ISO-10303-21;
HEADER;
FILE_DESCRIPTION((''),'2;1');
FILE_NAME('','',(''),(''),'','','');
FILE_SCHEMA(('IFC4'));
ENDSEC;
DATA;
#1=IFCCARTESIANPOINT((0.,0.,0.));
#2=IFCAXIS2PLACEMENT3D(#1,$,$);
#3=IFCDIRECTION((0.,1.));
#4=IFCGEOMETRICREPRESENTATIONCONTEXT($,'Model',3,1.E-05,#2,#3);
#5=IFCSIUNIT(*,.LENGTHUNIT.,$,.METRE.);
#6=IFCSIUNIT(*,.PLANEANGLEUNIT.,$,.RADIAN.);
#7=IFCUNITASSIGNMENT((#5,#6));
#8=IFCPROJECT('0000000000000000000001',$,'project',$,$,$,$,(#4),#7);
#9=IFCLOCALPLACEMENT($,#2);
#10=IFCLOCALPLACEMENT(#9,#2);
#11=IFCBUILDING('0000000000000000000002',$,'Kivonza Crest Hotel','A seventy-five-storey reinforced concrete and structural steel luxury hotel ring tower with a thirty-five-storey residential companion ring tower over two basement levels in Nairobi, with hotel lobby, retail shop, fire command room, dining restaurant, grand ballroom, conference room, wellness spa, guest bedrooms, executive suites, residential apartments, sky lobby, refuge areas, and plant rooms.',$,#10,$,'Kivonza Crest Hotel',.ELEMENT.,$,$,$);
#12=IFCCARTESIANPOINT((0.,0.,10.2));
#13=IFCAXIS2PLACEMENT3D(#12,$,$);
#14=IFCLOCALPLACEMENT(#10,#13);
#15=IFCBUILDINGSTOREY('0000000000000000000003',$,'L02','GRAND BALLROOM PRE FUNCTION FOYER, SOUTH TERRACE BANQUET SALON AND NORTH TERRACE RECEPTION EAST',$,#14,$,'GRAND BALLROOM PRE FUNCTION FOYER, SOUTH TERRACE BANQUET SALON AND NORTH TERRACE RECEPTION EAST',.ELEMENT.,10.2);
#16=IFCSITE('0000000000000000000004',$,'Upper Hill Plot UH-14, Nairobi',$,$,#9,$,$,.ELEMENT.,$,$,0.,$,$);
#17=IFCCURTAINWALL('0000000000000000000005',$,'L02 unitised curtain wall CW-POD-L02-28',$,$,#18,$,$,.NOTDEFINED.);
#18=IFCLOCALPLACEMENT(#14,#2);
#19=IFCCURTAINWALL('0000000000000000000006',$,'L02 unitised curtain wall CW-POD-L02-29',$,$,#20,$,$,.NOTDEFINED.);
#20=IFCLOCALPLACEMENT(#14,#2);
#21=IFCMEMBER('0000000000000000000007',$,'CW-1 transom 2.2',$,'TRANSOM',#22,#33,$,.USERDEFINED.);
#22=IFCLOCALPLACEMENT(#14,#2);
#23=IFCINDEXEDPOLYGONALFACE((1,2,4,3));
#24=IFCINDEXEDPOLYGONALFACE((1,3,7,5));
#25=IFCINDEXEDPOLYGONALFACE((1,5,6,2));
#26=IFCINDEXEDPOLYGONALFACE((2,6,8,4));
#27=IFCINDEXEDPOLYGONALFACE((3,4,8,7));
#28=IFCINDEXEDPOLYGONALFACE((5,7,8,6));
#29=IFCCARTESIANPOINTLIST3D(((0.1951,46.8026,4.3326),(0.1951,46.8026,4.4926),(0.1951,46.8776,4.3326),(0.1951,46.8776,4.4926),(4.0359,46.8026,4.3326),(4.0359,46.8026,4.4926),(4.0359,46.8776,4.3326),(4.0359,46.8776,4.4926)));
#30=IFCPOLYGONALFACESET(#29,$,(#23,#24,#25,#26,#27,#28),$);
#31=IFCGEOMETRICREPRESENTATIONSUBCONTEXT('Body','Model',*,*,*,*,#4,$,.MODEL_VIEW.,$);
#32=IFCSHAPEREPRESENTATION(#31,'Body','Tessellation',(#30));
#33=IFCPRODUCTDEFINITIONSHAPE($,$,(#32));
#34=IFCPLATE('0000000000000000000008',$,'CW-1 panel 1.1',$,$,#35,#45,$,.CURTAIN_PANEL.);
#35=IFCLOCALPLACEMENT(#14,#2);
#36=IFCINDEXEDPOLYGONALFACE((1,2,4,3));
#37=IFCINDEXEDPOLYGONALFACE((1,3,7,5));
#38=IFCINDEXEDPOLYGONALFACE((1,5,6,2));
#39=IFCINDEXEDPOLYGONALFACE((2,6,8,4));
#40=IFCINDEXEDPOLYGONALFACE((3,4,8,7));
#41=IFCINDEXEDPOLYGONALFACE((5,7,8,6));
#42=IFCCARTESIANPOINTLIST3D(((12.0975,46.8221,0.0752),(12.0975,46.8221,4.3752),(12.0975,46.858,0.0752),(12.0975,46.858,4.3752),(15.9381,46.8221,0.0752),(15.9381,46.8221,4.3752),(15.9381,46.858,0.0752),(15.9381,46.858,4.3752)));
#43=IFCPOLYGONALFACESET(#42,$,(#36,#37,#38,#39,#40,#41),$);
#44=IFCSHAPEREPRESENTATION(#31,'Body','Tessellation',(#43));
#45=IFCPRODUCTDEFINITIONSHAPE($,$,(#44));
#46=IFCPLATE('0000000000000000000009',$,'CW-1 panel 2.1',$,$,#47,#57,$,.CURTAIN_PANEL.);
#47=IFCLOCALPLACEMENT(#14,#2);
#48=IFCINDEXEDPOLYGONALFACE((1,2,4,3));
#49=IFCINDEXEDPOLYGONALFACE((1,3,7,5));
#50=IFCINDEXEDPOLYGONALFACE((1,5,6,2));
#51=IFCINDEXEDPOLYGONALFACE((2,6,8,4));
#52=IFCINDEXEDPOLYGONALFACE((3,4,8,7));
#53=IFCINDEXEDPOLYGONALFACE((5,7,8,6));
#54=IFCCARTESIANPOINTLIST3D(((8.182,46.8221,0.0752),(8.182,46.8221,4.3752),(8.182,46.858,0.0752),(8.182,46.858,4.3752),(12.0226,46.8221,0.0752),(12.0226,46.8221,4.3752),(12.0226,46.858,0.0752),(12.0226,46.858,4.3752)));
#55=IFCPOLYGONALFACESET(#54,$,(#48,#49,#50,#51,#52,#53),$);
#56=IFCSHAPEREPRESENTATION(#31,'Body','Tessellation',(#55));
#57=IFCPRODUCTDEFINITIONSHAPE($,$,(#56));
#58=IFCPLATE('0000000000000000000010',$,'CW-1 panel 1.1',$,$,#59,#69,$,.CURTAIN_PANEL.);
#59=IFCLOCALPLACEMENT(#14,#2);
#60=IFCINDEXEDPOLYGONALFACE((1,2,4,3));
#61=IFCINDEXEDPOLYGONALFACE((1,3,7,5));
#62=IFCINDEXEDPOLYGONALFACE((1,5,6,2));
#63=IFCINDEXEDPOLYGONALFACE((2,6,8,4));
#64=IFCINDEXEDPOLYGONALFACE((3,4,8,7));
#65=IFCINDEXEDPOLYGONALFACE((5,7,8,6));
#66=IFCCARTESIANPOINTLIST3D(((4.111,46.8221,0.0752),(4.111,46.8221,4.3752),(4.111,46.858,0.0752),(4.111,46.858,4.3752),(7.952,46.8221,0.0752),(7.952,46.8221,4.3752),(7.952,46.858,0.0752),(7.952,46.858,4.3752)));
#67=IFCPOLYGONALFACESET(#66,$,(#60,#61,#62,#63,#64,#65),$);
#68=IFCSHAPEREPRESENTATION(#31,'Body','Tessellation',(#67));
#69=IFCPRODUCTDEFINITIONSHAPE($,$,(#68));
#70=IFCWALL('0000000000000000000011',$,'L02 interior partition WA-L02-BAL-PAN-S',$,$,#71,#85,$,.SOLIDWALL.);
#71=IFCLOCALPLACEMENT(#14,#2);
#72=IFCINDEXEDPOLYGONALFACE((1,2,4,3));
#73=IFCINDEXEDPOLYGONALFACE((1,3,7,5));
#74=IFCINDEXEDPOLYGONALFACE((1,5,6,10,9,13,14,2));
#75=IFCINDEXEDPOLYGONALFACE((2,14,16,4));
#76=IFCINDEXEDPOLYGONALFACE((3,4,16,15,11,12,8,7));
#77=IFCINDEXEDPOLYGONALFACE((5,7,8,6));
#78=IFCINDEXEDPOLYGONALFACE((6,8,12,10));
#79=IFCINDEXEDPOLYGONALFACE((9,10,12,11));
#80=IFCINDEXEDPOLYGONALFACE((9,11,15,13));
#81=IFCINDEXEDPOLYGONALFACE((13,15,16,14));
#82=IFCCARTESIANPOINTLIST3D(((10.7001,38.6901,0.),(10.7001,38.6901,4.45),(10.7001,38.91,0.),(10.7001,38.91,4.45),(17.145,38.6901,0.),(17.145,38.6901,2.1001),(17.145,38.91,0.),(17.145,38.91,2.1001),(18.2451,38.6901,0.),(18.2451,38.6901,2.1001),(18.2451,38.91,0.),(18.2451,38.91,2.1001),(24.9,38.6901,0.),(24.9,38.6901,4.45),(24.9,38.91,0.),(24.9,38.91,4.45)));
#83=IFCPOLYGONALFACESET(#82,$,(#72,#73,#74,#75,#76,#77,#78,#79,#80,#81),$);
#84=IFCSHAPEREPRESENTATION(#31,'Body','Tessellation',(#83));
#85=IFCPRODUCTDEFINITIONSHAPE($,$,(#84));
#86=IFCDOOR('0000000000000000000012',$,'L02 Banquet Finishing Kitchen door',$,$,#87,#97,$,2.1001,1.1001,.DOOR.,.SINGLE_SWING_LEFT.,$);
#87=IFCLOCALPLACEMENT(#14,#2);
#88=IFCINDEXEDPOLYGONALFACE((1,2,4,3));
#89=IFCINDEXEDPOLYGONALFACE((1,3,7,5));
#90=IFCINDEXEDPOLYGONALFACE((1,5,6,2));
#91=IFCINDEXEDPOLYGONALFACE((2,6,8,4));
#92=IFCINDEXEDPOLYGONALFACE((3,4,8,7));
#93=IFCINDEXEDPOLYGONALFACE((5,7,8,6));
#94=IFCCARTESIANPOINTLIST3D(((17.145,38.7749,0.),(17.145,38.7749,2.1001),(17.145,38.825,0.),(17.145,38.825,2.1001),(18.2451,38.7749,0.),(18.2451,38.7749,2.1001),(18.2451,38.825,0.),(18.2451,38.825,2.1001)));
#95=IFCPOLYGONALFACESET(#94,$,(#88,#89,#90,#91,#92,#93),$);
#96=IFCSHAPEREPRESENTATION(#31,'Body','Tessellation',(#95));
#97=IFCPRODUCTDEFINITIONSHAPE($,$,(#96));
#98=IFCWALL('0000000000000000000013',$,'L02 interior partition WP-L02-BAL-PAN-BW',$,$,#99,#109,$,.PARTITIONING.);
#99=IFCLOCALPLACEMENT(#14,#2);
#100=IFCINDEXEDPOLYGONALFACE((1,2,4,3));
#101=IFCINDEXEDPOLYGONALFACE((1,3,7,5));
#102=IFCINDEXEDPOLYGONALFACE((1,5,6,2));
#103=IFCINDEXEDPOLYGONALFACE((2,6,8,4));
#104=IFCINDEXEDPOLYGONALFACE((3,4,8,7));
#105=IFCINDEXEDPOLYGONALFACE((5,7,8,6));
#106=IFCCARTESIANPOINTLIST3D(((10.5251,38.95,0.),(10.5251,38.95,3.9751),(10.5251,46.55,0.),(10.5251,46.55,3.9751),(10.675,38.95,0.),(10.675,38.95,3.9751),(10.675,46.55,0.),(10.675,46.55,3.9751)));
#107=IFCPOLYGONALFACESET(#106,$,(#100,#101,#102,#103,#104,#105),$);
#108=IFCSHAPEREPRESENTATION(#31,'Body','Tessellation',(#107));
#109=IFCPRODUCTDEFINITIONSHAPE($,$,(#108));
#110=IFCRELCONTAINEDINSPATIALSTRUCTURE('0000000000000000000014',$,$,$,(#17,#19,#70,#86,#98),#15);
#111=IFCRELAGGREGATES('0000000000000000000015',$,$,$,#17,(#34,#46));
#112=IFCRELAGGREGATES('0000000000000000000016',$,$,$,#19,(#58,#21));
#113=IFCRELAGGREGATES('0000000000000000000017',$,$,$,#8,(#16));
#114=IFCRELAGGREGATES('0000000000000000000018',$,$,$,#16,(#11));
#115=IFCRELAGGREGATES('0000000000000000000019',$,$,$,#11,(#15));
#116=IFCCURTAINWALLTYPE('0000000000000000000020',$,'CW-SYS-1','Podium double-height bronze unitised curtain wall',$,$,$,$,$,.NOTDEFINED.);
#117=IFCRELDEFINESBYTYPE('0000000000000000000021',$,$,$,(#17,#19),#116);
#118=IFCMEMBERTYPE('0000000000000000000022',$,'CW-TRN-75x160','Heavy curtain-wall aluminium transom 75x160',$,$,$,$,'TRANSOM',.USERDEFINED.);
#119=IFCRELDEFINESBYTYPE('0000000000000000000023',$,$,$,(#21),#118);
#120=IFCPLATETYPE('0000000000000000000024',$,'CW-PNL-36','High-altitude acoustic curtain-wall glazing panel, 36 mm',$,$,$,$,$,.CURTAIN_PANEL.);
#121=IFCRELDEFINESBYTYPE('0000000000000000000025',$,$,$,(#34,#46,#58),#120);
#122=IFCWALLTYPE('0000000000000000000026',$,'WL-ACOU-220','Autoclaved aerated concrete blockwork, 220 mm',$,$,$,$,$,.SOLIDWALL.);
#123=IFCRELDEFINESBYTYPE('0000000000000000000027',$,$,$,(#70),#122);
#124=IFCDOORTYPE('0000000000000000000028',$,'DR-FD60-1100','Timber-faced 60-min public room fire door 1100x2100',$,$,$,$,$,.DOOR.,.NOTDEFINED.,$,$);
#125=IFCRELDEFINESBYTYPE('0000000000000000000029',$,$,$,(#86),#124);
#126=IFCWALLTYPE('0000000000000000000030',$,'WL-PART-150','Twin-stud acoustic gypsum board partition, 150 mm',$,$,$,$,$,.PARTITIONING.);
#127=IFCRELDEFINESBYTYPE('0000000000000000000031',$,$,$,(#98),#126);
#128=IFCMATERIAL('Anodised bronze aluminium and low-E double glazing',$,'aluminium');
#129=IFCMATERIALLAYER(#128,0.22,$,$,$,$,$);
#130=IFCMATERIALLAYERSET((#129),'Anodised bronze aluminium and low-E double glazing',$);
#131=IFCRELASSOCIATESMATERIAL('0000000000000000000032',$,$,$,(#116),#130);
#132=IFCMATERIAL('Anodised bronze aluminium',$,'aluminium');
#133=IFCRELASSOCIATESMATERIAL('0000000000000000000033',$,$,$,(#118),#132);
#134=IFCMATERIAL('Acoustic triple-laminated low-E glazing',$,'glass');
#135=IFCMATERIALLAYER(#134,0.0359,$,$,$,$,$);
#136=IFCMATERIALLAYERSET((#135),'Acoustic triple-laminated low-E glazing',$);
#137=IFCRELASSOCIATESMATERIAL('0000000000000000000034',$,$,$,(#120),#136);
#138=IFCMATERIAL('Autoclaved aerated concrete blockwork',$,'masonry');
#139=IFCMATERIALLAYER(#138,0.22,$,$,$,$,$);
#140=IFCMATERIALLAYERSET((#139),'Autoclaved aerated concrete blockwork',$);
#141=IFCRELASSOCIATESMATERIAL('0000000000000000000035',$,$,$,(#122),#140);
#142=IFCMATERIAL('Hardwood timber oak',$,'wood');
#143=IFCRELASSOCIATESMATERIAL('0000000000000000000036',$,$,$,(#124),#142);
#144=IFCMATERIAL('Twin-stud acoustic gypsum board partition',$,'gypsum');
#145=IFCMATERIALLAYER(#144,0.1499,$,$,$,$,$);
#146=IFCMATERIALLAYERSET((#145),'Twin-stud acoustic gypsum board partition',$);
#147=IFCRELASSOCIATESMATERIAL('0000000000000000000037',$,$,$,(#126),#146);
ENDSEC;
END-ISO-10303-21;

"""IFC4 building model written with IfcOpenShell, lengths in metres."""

from ifc_helpers import new_model, si_unit, direction, frame, frame_2d, origin, origin_2d, place, context, subcontext, project, spatial, rectangle, extrude, material, layer, layer_set, material_profile, profile_set, type_object, element, fill, aggregate, save


model = new_model("IFC4")

# Units and contexts
model_context = context("Model", 3, precision=1e-05, world=origin(), true_north=direction((0.0, 1.0)))
body_context = subcontext(model_context, "Body", "Model", "MODEL_VIEW")
ifc_project = project(units=[si_unit("LENGTHUNIT", "METRE"), si_unit("PLANEANGLEUNIT", "RADIAN")], contexts=[model_context])

# Site, building, storey
site_placement = place(None, origin())
site = spatial("IfcSite", under=ifc_project, at=site_placement, Name="Upper Hill Plot UH-14, Nairobi", CompositionType="ELEMENT", RefElevation=0.0)
building_placement = place(site_placement, origin())
building = spatial("IfcBuilding", under=site, at=building_placement, Name="Kivonza Crest Hotel", Description="A seventy-five-storey reinforced concrete and structural steel luxury hotel ring tower with a thirty-five-storey residential companion ring tower over two basement levels in Nairobi, with hotel lobby, retail shop, fire command room, dining restaurant, grand ballroom, conference room, wellness spa, guest bedrooms, executive suites, residential apartments, sky lobby, refuge areas, and plant rooms.", LongName="Kivonza Crest Hotel", CompositionType="ELEMENT")
storey_placement = place(building_placement, frame((0.0, 0.0, 10.2)))
storey = spatial("IfcBuildingStorey", under=building, at=storey_placement, Name="L02", Description="GRAND BALLROOM PRE FUNCTION FOYER, SOUTH TERRACE BANQUET SALON AND NORTH TERRACE RECEPTION EAST", LongName="GRAND BALLROOM PRE FUNCTION FOYER, SOUTH TERRACE BANQUET SALON AND NORTH TERRACE RECEPTION EAST", CompositionType="ELEMENT", Elevation=10.2)

# Curtain walls
ifc_material_1 = material(Name="Anodised bronze aluminium and low-E double glazing", Category="aluminium")
ifc_layer_1 = layer(ifc_material_1, 0.22)
ifc_layer_set_1 = layer_set([ifc_layer_1], Name="Anodised bronze aluminium and low-E double glazing")
curtain_wall_type = type_object("IfcCurtainWallType", Name="CW-SYS-1", Description="Podium double-height bronze unitised curtain wall", PredefinedType="NOTDEFINED", material=ifc_layer_set_1)
curtain_wall_1_placement = place(storey_placement, origin())
curtain_wall_1 = element("IfcCurtainWall", 1, at=curtain_wall_1_placement, inside=storey, type_object=curtain_wall_type, Name="L02 unitised curtain wall CW-POD-L02-28", PredefinedType="NOTDEFINED")
ifc_material_2 = material(Name="Anodised bronze aluminium", Category="aluminium")
curtain_wall_2_placement = place(storey_placement, origin())
curtain_wall_2 = element("IfcCurtainWall", 2, at=curtain_wall_2_placement, inside=storey, type_object=curtain_wall_type, Name="L02 unitised curtain wall CW-POD-L02-29", PredefinedType="NOTDEFINED")

# Member
ifc_material_profile_1 = material_profile(ifc_material_2, rectangle(XDim=0.075, YDim=0.1599, at=origin_2d()), Name="CW-T 75x160")
ifc_profile_set_1 = profile_set([ifc_material_profile_1], Name="Anodised bronze aluminium")
member_type_1 = type_object("IfcMemberType", Name="CW-TRN-75x160", Description="Heavy curtain-wall aluminium transom 75x160", ElementType="TRANSOM", PredefinedType="USERDEFINED", material=ifc_profile_set_1)
member_1_placement = place(storey_placement, frame((4.0359, 46.8401, 4.4126), z_axis=(-1.0, 0.0, 0.0), x_axis=(0.0, -1.0, 0.0)))
member_1 = element("IfcMember", 3, at=member_1_placement, type_object=member_type_1, Name="CW-1 transom 2.2", ObjectType="TRANSOM", PredefinedType="USERDEFINED", context=body_context, shape_type="SweptSolid", body=[
    extrude(rectangle(XDim=0.075, YDim=0.1599, at=origin_2d()), origin(), (0.0, 0.0, 1.0), 3.8408),
])

# Plates
ifc_material_3 = material(Name="Acoustic triple-laminated low-E glazing", Category="glass")
ifc_layer_2 = layer(ifc_material_3, 0.0359)
ifc_layer_set_2 = layer_set([ifc_layer_2], Name="Acoustic triple-laminated low-E glazing")
plate_type = type_object("IfcPlateType", Name="CW-PNL-36", Description="High-altitude acoustic curtain-wall glazing panel, 36 mm", PredefinedType="CURTAIN_PANEL", material=ifc_layer_set_2)
plate_1_placement = place(storey_placement, frame((14.0178, 46.8401, 0.0752), z_axis=(0.0, 0.0, 1.0), x_axis=(-1.0, 0.0, 0.0)))
plate_1 = element("IfcPlate", 4, at=plate_1_placement, type_object=plate_type, Name="CW-1 panel 1.1", PredefinedType="CURTAIN_PANEL", context=body_context, shape_type="SweptSolid", body=[
    extrude(rectangle(XDim=3.8406, YDim=0.0359, at=origin_2d()), origin(), (0.0, 0.0, 1.0), 4.3),
])
plate_2_placement = place(storey_placement, frame((10.1023, 46.8401, 0.0752), z_axis=(0.0, 0.0, 1.0), x_axis=(-1.0, 0.0, 0.0)))
plate_2 = element("IfcPlate", 5, at=plate_2_placement, type_object=plate_type, Name="CW-1 panel 2.1", PredefinedType="CURTAIN_PANEL", context=body_context, shape_type="SweptSolid", body=[
    extrude(rectangle(XDim=3.8406, YDim=0.0359, at=origin_2d()), origin(), (0.0, 0.0, 1.0), 4.3),
])
aggregate(curtain_wall_1, [plate_1, plate_2])
plate_3_placement = place(storey_placement, frame((6.0315, 46.8401, 0.0752), z_axis=(0.0, 0.0, 1.0), x_axis=(-1.0, 0.0, 0.0)))
plate_3 = element("IfcPlate", 6, at=plate_3_placement, type_object=plate_type, Name="CW-1 panel 1.1", PredefinedType="CURTAIN_PANEL", context=body_context, shape_type="SweptSolid", body=[
    extrude(rectangle(XDim=3.8411, YDim=0.0359, at=origin_2d()), origin(), (0.0, 0.0, 1.0), 4.3),
])
aggregate(curtain_wall_2, [plate_3, member_1])

# Wall, opening, door
ifc_material_4 = material(Name="Autoclaved aerated concrete blockwork", Category="masonry")
ifc_layer_3 = layer(ifc_material_4, 0.22)
ifc_layer_set_3 = layer_set([ifc_layer_3], Name="Autoclaved aerated concrete blockwork")
wall_type_1 = type_object("IfcWallType", Name="WL-ACOU-220", Description="Autoclaved aerated concrete blockwork, 220 mm", PredefinedType="SOLIDWALL", material=ifc_layer_set_3)
wall_1_placement = place(storey_placement, frame((10.7, 38.8, 0.0), z_axis=(0.0, 0.0, 1.0), x_axis=(1.0, 0.0, 0.0)))
wall_1 = element("IfcWall", 7, at=wall_1_placement, inside=storey, type_object=wall_type_1, Name="L02 interior partition WA-L02-BAL-PAN-S", PredefinedType="SOLIDWALL", context=body_context, shape_type="SweptSolid", body=[
    extrude(rectangle(XDim=14.2, YDim=0.22, at=frame_2d((7.1001, 0.0))), origin(), (0.0, 0.0, 1.0), 4.45),
])
opening_1_placement = place(wall_1_placement, frame((6.4451, 0.0, 0.0)))
opening_1 = element("IfcOpeningElement", 8, at=opening_1_placement, cuts=wall_1, PredefinedType="OPENING", context=body_context, shape_type="SweptSolid", body=[
    extrude(rectangle(XDim=1.1001, YDim=2.1001, at=frame_2d((0.55, 1.05))), frame((0.0, 0.1201, 0.0), z_axis=(0.0, -1.0, 0.0), x_axis=(1.0, 0.0, 0.0)), (0.0, 0.0, 1.0), 0.24),
])
ifc_material_5 = material(Name="Hardwood timber oak", Category="wood")
door_type_1 = type_object("IfcDoorType", Name="DR-FD60-1100", Description="Timber-faced 60-min public room fire door 1100x2100", OperationType="NOTDEFINED", PredefinedType="DOOR", material=ifc_material_5)
door_1_placement = place(opening_1_placement, origin())
door_1 = element("IfcDoor", 9, at=door_1_placement, inside=storey, type_object=door_type_1, Name="L02 Banquet Finishing Kitchen door", OperationType="SINGLE_SWING_LEFT", OverallHeight=2.1001, OverallWidth=1.1001, PredefinedType="DOOR", context=body_context, shape_type="SweptSolid", body=[
    extrude(rectangle(XDim=1.1001, YDim=2.1001, at=frame_2d((0.55, 1.05))), frame((0.0, 0.0249, 0.0), z_axis=(0.0, -1.0, 0.0), x_axis=(1.0, 0.0, 0.0)), (0.0, 0.0, 1.0), 0.05),
])
fill(opening_1, door_1)

# Wall
ifc_material_6 = material(Name="Twin-stud acoustic gypsum board partition", Category="gypsum")
ifc_layer_4 = layer(ifc_material_6, 0.1499)
ifc_layer_set_4 = layer_set([ifc_layer_4], Name="Twin-stud acoustic gypsum board partition")
wall_type_2 = type_object("IfcWallType", Name="WL-PART-150", Description="Twin-stud acoustic gypsum board partition, 150 mm", PredefinedType="PARTITIONING", material=ifc_layer_set_4)
wall_2_placement = place(storey_placement, frame((10.6001, 38.95, 0.0), z_axis=(0.0, 0.0, 1.0), x_axis=(0.0, 1.0, 0.0)))
element("IfcWall", 10, at=wall_2_placement, inside=storey, type_object=wall_type_2, Name="L02 interior partition WP-L02-BAL-PAN-BW", PredefinedType="PARTITIONING", context=body_context, shape_type="SweptSolid", body=[
    extrude(rectangle(XDim=7.6001, YDim=0.1499, at=frame_2d((3.8, 0.0))), origin(), (0.0, 0.0, 1.0), 3.9751),
])

save(model, "model.ifc")
